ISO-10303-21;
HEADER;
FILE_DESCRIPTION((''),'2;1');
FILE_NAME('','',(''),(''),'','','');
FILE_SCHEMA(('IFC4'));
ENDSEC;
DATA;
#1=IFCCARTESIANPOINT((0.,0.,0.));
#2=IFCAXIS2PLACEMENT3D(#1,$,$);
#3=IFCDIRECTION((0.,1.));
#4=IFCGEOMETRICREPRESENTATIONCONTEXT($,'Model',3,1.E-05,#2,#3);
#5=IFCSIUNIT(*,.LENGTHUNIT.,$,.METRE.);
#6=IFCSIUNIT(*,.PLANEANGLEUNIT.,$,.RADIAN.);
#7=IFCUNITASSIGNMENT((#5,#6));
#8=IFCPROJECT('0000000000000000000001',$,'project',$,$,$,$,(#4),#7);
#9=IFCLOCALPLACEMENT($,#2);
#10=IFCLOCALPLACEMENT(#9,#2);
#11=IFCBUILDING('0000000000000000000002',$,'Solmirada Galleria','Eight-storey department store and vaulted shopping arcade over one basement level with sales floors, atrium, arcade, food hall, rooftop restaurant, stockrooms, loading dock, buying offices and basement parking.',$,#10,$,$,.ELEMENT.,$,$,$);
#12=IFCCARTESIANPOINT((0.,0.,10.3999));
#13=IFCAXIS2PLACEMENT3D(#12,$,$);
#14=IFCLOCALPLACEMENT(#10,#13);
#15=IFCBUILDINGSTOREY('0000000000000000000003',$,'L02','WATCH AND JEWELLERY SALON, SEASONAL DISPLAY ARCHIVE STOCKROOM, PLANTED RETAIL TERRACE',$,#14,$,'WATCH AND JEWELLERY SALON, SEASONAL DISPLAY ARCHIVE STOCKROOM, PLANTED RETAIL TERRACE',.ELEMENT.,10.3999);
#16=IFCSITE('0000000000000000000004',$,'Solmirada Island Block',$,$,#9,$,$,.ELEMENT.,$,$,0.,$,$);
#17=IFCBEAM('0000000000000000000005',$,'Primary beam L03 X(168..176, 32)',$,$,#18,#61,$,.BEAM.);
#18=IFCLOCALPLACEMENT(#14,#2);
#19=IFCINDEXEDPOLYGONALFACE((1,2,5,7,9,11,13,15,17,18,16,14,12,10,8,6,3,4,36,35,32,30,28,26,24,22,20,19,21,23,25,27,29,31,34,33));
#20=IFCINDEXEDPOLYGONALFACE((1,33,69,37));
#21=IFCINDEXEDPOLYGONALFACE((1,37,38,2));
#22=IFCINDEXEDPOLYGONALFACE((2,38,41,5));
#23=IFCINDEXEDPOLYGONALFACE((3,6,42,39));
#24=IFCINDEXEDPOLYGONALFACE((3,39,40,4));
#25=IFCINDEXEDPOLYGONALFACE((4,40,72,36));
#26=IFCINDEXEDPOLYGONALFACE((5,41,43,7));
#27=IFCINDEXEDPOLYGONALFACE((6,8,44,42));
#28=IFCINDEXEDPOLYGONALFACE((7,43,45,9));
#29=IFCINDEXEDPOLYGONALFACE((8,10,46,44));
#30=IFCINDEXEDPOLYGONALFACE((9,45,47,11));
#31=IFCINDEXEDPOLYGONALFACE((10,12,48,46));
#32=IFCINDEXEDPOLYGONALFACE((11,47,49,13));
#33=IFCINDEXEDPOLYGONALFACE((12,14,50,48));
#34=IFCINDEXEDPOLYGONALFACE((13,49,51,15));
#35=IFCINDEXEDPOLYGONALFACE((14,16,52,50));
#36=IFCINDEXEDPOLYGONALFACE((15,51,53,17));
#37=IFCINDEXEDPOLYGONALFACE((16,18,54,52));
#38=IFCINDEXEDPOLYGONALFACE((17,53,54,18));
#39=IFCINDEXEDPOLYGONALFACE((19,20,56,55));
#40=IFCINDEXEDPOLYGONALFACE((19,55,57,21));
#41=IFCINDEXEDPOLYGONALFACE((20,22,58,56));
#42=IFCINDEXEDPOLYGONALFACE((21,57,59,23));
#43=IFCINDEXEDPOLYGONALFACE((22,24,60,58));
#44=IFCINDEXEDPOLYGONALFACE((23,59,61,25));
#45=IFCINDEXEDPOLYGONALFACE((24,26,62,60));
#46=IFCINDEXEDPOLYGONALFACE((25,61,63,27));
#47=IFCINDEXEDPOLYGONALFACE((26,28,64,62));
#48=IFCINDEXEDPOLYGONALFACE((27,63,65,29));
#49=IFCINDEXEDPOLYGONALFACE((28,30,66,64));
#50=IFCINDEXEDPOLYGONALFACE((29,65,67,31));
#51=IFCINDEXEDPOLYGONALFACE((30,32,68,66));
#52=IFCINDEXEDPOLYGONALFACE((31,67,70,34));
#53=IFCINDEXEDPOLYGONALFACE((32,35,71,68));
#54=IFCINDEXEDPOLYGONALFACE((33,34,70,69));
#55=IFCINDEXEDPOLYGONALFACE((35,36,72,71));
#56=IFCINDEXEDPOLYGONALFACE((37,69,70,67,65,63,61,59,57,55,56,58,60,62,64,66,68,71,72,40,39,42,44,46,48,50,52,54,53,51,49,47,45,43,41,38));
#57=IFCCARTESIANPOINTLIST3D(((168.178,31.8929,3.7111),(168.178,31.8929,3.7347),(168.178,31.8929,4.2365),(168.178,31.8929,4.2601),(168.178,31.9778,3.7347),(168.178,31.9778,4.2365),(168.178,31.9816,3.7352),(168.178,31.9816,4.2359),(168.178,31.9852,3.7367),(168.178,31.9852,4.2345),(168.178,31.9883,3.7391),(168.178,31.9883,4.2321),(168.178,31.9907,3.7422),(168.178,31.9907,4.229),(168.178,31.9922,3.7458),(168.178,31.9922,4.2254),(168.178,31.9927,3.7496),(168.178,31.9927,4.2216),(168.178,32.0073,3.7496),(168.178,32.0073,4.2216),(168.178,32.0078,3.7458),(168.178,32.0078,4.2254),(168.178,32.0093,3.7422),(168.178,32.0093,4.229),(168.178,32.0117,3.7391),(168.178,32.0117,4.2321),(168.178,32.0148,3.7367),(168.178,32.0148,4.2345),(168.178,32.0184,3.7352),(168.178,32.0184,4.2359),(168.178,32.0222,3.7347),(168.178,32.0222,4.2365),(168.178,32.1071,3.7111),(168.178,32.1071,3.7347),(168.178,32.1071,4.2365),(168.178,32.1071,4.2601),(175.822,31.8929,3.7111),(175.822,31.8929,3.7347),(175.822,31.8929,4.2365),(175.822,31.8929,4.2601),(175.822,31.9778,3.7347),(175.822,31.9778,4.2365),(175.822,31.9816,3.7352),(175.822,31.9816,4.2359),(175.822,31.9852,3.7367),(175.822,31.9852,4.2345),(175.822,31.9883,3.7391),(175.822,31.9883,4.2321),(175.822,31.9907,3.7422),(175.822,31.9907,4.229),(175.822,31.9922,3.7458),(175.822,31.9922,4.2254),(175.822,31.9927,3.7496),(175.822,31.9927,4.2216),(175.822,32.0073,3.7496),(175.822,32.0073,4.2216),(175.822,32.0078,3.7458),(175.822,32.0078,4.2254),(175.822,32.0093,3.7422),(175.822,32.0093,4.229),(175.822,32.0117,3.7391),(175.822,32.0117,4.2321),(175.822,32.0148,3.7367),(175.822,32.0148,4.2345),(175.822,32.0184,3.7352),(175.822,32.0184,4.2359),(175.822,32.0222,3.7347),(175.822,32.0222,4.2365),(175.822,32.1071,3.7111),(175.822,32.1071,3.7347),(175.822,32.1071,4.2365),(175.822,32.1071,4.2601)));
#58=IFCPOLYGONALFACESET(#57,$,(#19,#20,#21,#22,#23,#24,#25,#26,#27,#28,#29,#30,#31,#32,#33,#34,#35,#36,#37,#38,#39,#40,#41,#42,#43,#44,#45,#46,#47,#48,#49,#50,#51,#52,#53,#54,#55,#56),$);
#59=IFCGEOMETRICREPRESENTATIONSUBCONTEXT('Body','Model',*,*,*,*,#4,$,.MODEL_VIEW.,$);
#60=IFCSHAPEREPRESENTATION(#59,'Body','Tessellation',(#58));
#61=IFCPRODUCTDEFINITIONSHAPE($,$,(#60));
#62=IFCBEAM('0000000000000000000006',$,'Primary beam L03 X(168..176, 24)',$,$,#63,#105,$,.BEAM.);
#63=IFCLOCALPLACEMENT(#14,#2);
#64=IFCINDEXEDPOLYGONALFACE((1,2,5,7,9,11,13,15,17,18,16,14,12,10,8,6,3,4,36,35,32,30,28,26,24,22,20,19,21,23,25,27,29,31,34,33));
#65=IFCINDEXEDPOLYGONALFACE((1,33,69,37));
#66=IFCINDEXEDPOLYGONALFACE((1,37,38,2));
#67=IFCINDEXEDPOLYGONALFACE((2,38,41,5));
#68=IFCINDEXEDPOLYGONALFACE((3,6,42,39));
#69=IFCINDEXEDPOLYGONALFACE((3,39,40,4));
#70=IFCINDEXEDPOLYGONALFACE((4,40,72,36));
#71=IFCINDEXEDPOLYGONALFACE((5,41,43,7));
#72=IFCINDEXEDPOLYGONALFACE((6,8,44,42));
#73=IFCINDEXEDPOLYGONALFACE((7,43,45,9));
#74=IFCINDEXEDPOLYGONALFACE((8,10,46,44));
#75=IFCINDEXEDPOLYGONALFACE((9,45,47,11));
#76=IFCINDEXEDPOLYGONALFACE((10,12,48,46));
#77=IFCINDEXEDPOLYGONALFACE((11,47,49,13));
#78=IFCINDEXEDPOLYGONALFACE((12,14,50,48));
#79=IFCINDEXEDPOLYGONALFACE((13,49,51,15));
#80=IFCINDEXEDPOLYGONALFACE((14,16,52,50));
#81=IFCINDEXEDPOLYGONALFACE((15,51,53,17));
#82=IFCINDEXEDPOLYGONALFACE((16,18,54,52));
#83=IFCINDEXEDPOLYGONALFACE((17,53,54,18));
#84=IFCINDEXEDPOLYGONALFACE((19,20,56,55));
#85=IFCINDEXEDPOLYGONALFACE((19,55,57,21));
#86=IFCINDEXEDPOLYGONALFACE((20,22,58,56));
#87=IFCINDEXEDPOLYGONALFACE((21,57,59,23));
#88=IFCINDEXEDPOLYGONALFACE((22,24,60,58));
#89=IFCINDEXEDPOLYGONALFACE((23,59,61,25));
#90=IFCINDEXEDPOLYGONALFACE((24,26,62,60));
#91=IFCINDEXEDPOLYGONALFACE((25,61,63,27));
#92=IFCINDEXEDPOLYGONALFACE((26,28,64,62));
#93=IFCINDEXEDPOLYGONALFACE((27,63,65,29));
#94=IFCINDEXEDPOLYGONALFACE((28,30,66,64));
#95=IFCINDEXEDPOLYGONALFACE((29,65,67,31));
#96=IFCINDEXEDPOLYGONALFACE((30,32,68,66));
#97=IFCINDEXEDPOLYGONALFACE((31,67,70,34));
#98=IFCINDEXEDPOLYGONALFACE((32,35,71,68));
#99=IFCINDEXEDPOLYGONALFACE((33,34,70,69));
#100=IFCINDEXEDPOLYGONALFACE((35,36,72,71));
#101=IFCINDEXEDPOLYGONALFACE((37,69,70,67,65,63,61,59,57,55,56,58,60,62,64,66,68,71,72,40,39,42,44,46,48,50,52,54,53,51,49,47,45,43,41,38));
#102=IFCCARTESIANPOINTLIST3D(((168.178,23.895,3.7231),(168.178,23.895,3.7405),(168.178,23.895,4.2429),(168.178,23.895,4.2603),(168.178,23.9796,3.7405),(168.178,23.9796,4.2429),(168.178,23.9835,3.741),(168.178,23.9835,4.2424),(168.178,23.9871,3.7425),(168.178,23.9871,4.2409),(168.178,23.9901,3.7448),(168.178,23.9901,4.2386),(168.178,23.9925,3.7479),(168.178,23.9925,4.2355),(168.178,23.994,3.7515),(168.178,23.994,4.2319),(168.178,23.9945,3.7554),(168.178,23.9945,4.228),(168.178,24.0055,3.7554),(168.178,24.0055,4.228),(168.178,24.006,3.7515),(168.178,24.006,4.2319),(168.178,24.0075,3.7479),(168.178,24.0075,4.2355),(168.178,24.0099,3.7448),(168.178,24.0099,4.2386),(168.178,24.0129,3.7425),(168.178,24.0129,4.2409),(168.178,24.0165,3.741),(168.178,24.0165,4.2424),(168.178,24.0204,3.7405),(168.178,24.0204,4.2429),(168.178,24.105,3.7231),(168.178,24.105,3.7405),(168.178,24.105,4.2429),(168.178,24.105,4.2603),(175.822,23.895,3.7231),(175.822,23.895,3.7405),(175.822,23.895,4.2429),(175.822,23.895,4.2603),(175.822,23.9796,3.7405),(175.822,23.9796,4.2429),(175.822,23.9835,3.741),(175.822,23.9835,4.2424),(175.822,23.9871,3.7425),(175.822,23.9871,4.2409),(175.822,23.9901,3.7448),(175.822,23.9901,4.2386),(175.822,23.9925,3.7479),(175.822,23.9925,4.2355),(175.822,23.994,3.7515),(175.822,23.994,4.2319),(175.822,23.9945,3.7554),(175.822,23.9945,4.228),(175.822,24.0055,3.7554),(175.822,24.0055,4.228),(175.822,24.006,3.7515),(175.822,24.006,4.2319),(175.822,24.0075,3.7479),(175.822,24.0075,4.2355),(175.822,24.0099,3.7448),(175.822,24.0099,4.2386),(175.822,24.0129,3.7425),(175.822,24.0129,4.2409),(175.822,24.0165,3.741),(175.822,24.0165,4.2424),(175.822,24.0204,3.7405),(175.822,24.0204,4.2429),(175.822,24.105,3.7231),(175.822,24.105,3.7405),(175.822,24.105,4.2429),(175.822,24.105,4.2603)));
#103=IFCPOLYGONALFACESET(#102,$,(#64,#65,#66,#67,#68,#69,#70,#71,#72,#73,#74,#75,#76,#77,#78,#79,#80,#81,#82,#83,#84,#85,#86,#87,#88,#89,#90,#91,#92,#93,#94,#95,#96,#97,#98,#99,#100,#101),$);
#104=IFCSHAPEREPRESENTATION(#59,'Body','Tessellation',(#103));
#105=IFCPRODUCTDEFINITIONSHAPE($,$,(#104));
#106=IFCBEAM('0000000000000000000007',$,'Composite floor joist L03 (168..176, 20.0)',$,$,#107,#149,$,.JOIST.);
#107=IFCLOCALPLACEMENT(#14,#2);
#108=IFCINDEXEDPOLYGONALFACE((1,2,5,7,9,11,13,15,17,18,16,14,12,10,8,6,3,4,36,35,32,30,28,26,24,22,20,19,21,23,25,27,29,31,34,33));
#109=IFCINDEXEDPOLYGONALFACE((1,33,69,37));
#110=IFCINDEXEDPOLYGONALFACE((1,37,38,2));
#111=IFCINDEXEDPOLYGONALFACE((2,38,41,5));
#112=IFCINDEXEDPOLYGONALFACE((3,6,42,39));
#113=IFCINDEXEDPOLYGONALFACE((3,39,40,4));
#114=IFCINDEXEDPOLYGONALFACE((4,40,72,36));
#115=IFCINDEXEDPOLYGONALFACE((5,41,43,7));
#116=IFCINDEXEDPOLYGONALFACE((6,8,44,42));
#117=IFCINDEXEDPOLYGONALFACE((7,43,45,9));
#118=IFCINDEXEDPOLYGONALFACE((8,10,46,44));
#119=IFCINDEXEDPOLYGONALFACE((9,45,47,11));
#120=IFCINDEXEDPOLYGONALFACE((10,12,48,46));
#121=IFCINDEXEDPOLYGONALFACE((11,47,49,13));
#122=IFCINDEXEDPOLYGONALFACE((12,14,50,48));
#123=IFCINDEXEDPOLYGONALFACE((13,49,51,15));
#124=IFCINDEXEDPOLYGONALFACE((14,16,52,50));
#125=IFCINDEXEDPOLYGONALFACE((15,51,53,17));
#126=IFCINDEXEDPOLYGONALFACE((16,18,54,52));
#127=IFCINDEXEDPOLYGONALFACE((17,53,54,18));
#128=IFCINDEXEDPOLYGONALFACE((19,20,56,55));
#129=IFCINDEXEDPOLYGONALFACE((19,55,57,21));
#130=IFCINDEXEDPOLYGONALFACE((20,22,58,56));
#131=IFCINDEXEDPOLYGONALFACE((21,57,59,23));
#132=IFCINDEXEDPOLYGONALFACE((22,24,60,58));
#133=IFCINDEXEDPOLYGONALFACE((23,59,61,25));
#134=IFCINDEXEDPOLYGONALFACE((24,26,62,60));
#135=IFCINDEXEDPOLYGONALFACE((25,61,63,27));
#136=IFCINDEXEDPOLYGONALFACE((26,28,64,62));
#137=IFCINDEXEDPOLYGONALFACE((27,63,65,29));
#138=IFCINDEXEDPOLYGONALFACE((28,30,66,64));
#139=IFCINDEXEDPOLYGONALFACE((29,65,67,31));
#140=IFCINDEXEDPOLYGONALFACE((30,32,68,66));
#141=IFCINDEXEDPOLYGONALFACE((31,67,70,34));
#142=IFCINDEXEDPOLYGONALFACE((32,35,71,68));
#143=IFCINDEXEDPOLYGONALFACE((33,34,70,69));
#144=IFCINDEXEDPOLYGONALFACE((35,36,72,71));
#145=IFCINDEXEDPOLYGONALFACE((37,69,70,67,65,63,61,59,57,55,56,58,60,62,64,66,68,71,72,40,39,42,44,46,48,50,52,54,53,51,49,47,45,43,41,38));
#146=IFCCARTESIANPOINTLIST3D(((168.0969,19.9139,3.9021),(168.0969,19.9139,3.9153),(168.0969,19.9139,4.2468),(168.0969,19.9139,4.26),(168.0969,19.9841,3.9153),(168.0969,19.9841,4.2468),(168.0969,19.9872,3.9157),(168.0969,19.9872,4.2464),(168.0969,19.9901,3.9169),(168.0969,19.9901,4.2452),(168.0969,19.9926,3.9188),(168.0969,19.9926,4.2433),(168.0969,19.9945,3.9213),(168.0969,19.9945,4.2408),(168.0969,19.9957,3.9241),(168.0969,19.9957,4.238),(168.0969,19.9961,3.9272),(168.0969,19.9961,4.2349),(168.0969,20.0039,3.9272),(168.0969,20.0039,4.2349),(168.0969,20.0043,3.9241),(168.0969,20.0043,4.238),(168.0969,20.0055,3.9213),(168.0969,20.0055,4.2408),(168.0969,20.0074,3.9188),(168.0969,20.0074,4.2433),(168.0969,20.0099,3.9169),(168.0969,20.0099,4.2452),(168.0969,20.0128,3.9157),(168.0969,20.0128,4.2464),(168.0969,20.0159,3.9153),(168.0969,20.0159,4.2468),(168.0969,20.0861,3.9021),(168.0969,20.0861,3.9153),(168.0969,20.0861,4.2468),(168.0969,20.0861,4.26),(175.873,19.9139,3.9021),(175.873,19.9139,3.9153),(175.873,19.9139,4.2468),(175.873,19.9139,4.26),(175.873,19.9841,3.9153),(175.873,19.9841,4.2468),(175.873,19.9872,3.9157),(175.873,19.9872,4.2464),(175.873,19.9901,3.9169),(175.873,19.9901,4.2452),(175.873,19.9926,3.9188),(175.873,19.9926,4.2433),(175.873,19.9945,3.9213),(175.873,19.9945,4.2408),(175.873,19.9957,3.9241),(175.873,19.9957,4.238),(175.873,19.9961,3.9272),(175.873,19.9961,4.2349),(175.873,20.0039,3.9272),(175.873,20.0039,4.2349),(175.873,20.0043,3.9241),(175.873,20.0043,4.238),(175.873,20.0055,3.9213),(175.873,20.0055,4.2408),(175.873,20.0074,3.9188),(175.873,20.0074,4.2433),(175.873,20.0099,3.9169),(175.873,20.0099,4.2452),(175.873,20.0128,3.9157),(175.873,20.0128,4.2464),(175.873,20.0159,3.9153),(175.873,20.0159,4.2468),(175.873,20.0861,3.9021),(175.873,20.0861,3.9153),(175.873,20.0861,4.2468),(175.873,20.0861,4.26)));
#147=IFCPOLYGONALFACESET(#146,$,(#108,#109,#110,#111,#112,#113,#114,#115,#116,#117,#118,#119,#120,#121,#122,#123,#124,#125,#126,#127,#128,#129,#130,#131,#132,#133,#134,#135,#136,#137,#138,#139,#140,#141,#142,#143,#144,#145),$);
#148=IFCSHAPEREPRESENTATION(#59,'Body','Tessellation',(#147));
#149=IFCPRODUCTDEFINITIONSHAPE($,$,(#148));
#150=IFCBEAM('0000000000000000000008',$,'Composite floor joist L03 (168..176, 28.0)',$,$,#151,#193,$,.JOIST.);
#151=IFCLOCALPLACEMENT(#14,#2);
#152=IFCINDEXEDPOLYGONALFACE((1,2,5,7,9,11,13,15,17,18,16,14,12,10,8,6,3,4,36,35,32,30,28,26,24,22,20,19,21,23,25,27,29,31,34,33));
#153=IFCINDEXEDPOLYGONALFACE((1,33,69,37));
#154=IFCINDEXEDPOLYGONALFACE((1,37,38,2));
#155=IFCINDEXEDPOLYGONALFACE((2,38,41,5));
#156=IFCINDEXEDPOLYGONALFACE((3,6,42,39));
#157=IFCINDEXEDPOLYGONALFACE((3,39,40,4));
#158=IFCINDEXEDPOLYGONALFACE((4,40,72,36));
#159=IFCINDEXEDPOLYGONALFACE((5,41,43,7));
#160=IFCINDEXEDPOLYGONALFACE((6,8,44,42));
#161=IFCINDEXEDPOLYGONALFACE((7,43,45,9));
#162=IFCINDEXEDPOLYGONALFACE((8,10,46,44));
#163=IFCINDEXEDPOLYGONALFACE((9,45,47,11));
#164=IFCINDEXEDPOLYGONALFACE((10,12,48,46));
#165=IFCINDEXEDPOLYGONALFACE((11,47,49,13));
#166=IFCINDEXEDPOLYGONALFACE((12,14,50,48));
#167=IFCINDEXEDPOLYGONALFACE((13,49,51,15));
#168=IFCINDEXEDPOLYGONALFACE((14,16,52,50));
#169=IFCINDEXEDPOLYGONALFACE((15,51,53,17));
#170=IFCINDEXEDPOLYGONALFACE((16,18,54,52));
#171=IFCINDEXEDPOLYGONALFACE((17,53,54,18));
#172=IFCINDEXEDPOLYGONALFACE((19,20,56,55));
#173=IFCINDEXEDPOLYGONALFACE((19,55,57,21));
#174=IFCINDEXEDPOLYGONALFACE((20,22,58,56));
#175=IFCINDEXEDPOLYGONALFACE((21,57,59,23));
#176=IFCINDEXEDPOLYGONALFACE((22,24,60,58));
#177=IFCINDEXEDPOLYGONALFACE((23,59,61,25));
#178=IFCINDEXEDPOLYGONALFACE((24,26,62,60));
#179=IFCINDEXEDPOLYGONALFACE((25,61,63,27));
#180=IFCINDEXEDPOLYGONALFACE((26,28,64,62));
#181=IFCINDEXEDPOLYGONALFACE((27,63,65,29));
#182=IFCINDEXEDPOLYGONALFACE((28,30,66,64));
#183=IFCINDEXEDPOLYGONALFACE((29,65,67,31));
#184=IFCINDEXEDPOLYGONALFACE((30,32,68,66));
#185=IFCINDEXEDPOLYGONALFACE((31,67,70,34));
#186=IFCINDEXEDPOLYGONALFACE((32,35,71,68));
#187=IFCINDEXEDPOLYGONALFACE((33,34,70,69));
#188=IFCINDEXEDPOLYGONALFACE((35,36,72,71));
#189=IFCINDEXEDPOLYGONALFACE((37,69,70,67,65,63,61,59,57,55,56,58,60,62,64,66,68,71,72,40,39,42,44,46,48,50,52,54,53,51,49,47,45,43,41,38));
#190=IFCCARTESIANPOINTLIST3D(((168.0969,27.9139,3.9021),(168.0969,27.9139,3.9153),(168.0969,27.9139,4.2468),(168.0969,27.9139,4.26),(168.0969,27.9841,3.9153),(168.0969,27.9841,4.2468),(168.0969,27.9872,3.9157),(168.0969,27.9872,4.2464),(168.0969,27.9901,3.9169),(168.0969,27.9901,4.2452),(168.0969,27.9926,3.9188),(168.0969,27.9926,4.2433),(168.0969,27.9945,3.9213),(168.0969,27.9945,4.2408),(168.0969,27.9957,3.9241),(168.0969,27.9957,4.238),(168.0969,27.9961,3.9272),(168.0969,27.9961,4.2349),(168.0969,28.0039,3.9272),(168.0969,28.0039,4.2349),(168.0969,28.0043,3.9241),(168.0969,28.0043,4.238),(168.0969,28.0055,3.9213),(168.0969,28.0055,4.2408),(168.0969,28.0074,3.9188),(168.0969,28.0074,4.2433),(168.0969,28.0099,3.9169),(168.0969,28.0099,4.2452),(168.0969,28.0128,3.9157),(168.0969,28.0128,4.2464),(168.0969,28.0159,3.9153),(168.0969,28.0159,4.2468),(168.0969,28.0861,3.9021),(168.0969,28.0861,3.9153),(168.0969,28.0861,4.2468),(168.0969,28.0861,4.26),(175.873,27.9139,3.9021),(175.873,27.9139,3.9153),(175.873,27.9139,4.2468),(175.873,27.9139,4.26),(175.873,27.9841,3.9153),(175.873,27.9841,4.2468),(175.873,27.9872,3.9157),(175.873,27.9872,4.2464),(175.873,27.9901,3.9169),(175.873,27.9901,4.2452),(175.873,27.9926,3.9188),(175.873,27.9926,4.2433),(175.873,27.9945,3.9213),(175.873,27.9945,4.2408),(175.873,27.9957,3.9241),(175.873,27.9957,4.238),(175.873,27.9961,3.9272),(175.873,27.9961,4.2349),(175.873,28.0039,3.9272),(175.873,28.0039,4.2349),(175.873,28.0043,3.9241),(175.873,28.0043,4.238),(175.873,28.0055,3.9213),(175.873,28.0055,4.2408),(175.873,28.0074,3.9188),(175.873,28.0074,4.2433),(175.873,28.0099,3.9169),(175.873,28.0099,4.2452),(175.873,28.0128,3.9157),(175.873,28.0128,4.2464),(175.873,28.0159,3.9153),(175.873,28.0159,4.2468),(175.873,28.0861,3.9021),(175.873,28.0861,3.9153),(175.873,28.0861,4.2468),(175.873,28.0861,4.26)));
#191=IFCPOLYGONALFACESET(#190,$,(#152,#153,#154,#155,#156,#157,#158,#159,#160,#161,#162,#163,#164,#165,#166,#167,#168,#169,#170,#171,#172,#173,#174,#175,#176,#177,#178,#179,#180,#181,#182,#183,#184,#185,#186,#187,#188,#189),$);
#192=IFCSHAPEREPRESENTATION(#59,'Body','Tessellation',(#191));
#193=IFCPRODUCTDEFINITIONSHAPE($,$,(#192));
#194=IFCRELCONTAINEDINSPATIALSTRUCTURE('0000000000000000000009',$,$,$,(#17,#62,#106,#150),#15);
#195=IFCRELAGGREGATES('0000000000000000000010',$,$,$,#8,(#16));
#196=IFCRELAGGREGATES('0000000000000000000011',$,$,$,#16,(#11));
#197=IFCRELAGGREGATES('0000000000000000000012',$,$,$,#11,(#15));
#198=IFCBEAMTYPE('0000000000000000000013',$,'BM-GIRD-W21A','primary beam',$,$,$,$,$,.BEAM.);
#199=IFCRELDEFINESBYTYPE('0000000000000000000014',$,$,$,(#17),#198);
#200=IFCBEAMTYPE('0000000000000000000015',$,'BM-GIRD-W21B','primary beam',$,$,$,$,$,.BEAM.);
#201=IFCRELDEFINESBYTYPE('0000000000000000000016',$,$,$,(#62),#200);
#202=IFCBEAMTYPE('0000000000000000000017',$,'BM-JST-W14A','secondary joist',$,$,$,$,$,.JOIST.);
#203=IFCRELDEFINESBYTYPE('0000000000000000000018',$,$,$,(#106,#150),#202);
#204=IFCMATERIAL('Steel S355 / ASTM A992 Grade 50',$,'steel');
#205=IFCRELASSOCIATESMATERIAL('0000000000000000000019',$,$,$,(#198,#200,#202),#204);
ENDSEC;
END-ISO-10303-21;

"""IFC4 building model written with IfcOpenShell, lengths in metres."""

from ifc_helpers import new_model, si_unit, direction, frame, origin, origin_2d, place, context, subcontext, project, spatial, i_section, extrude, material, material_profile, profile_set, type_object, element, save


model = new_model("IFC4")

# Units and contexts
model_context = context("Model", 3, precision=1e-05, world=origin(), true_north=direction((0.0, 1.0)))
body_context = subcontext(model_context, "Body", "Model", "MODEL_VIEW")
ifc_project = project(units=[si_unit("LENGTHUNIT", "METRE"), si_unit("PLANEANGLEUNIT", "RADIAN")], contexts=[model_context])

# Site, building, storey
site_placement = place(None, origin())
site = spatial("IfcSite", under=ifc_project, at=site_placement, Name="Solmirada Island Block", CompositionType="ELEMENT", RefElevation=0.0)
building_placement = place(site_placement, origin())
building = spatial("IfcBuilding", under=site, at=building_placement, Name="Solmirada Galleria", Description="Eight-storey department store and vaulted shopping arcade over one basement level with sales floors, atrium, arcade, food hall, rooftop restaurant, stockrooms, loading dock, buying offices and basement parking.", CompositionType="ELEMENT")
storey_placement = place(building_placement, frame((0.0, 0.0, 10.3999)))
storey = spatial("IfcBuildingStorey", under=building, at=storey_placement, Name="L02", Description="WATCH AND JEWELLERY SALON, SEASONAL DISPLAY ARCHIVE STOCKROOM, PLANTED RETAIL TERRACE", LongName="WATCH AND JEWELLERY SALON, SEASONAL DISPLAY ARCHIVE STOCKROOM, PLANTED RETAIL TERRACE", CompositionType="ELEMENT", Elevation=10.3999)

# Beams
ifc_material_1 = material(Name="Steel S355 / ASTM A992 Grade 50", Category="steel")
ifc_material_profile_1 = material_profile(ifc_material_1, i_section(OverallWidth=0.2141, OverallDepth=0.5491, WebThickness=0.0146, FlangeThickness=0.0237, FilletRadius=0.0149, at=origin_2d()), Name="W21X93")
ifc_profile_set_1 = profile_set([ifc_material_profile_1], Name="Steel S355 / ASTM A992 Grade 50")
beam_type_1 = type_object("IfcBeamType", Name="BM-GIRD-W21A", Description="primary beam", PredefinedType="BEAM", material=ifc_profile_set_1)
beam_1_placement = place(storey_placement, frame((168.178, 32.0, 3.9856), z_axis=(1.0, 0.0, 0.0), x_axis=(0.0, 1.0, 0.0)))
element("IfcBeam", 1, at=beam_1_placement, inside=storey, type_object=beam_type_1, Name="Primary beam L03 X(168..176, 32)", PredefinedType="BEAM", context=body_context, shape_type="SweptSolid", body=[
    extrude(i_section(OverallWidth=0.2141, OverallDepth=0.5491, WebThickness=0.0146, FlangeThickness=0.0237, FilletRadius=0.0149, at=origin_2d()), origin(), (0.0, 0.0, 1.0), 7.644),
])
ifc_material_profile_2 = material_profile(ifc_material_1, i_section(OverallWidth=0.21, OverallDepth=0.5371, WebThickness=0.011, FlangeThickness=0.0173, FilletRadius=0.0149, at=origin_2d()), Name="W21X68")
ifc_profile_set_2 = profile_set([ifc_material_profile_2], Name="Steel S355 / ASTM A992 Grade 50")
beam_type_2 = type_object("IfcBeamType", Name="BM-GIRD-W21B", Description="primary beam", PredefinedType="BEAM", material=ifc_profile_set_2)
beam_2_placement = place(storey_placement, frame((168.178, 24.0, 3.9917), z_axis=(1.0, 0.0, 0.0), x_axis=(0.0, 1.0, 0.0)))
element("IfcBeam", 2, at=beam_2_placement, inside=storey, type_object=beam_type_2, Name="Primary beam L03 X(168..176, 24)", PredefinedType="BEAM", context=body_context, shape_type="SweptSolid", body=[
    extrude(i_section(OverallWidth=0.21, OverallDepth=0.5371, WebThickness=0.011, FlangeThickness=0.0173, FilletRadius=0.0149, at=origin_2d()), origin(), (0.0, 0.0, 1.0), 7.644),
])
ifc_material_profile_3 = material_profile(ifc_material_1, i_section(OverallWidth=0.1721, OverallDepth=0.3579, WebThickness=0.0078, FlangeThickness=0.0132, FilletRadius=0.012, at=origin_2d()), Name="W14X38")
ifc_profile_set_3 = profile_set([ifc_material_profile_3], Name="Steel S355 / ASTM A992 Grade 50")
beam_type_3 = type_object("IfcBeamType", Name="BM-JST-W14A", Description="secondary joist", PredefinedType="JOIST", material=ifc_profile_set_3)
for number, where, z_axis, x_axis, name in (
    (3, (168.0969, 20.0, 4.0811), (1.0, 0.0, 0.0), (0.0, 1.0, 0.0), "Composite floor joist L03 (168..176, 20.0)"),
    (4, (168.0969, 28.0, 4.0811), (1.0, 0.0, 0.0), (0.0, 1.0, 0.0), "Composite floor joist L03 (168..176, 28.0)"),
):
    element("IfcBeam", number, at=place(storey_placement, frame(where, z_axis=z_axis, x_axis=x_axis)), inside=storey, type_object=beam_type_3, Name=name, PredefinedType="JOIST", context=body_context, shape_type="SweptSolid", body=[
        extrude(i_section(OverallWidth=0.1721, OverallDepth=0.3579, WebThickness=0.0078, FlangeThickness=0.0132, FilletRadius=0.012, at=origin_2d()), origin(), (0.0, 0.0, 1.0), 7.7761),
    ])

save(model, "model.ifc")
